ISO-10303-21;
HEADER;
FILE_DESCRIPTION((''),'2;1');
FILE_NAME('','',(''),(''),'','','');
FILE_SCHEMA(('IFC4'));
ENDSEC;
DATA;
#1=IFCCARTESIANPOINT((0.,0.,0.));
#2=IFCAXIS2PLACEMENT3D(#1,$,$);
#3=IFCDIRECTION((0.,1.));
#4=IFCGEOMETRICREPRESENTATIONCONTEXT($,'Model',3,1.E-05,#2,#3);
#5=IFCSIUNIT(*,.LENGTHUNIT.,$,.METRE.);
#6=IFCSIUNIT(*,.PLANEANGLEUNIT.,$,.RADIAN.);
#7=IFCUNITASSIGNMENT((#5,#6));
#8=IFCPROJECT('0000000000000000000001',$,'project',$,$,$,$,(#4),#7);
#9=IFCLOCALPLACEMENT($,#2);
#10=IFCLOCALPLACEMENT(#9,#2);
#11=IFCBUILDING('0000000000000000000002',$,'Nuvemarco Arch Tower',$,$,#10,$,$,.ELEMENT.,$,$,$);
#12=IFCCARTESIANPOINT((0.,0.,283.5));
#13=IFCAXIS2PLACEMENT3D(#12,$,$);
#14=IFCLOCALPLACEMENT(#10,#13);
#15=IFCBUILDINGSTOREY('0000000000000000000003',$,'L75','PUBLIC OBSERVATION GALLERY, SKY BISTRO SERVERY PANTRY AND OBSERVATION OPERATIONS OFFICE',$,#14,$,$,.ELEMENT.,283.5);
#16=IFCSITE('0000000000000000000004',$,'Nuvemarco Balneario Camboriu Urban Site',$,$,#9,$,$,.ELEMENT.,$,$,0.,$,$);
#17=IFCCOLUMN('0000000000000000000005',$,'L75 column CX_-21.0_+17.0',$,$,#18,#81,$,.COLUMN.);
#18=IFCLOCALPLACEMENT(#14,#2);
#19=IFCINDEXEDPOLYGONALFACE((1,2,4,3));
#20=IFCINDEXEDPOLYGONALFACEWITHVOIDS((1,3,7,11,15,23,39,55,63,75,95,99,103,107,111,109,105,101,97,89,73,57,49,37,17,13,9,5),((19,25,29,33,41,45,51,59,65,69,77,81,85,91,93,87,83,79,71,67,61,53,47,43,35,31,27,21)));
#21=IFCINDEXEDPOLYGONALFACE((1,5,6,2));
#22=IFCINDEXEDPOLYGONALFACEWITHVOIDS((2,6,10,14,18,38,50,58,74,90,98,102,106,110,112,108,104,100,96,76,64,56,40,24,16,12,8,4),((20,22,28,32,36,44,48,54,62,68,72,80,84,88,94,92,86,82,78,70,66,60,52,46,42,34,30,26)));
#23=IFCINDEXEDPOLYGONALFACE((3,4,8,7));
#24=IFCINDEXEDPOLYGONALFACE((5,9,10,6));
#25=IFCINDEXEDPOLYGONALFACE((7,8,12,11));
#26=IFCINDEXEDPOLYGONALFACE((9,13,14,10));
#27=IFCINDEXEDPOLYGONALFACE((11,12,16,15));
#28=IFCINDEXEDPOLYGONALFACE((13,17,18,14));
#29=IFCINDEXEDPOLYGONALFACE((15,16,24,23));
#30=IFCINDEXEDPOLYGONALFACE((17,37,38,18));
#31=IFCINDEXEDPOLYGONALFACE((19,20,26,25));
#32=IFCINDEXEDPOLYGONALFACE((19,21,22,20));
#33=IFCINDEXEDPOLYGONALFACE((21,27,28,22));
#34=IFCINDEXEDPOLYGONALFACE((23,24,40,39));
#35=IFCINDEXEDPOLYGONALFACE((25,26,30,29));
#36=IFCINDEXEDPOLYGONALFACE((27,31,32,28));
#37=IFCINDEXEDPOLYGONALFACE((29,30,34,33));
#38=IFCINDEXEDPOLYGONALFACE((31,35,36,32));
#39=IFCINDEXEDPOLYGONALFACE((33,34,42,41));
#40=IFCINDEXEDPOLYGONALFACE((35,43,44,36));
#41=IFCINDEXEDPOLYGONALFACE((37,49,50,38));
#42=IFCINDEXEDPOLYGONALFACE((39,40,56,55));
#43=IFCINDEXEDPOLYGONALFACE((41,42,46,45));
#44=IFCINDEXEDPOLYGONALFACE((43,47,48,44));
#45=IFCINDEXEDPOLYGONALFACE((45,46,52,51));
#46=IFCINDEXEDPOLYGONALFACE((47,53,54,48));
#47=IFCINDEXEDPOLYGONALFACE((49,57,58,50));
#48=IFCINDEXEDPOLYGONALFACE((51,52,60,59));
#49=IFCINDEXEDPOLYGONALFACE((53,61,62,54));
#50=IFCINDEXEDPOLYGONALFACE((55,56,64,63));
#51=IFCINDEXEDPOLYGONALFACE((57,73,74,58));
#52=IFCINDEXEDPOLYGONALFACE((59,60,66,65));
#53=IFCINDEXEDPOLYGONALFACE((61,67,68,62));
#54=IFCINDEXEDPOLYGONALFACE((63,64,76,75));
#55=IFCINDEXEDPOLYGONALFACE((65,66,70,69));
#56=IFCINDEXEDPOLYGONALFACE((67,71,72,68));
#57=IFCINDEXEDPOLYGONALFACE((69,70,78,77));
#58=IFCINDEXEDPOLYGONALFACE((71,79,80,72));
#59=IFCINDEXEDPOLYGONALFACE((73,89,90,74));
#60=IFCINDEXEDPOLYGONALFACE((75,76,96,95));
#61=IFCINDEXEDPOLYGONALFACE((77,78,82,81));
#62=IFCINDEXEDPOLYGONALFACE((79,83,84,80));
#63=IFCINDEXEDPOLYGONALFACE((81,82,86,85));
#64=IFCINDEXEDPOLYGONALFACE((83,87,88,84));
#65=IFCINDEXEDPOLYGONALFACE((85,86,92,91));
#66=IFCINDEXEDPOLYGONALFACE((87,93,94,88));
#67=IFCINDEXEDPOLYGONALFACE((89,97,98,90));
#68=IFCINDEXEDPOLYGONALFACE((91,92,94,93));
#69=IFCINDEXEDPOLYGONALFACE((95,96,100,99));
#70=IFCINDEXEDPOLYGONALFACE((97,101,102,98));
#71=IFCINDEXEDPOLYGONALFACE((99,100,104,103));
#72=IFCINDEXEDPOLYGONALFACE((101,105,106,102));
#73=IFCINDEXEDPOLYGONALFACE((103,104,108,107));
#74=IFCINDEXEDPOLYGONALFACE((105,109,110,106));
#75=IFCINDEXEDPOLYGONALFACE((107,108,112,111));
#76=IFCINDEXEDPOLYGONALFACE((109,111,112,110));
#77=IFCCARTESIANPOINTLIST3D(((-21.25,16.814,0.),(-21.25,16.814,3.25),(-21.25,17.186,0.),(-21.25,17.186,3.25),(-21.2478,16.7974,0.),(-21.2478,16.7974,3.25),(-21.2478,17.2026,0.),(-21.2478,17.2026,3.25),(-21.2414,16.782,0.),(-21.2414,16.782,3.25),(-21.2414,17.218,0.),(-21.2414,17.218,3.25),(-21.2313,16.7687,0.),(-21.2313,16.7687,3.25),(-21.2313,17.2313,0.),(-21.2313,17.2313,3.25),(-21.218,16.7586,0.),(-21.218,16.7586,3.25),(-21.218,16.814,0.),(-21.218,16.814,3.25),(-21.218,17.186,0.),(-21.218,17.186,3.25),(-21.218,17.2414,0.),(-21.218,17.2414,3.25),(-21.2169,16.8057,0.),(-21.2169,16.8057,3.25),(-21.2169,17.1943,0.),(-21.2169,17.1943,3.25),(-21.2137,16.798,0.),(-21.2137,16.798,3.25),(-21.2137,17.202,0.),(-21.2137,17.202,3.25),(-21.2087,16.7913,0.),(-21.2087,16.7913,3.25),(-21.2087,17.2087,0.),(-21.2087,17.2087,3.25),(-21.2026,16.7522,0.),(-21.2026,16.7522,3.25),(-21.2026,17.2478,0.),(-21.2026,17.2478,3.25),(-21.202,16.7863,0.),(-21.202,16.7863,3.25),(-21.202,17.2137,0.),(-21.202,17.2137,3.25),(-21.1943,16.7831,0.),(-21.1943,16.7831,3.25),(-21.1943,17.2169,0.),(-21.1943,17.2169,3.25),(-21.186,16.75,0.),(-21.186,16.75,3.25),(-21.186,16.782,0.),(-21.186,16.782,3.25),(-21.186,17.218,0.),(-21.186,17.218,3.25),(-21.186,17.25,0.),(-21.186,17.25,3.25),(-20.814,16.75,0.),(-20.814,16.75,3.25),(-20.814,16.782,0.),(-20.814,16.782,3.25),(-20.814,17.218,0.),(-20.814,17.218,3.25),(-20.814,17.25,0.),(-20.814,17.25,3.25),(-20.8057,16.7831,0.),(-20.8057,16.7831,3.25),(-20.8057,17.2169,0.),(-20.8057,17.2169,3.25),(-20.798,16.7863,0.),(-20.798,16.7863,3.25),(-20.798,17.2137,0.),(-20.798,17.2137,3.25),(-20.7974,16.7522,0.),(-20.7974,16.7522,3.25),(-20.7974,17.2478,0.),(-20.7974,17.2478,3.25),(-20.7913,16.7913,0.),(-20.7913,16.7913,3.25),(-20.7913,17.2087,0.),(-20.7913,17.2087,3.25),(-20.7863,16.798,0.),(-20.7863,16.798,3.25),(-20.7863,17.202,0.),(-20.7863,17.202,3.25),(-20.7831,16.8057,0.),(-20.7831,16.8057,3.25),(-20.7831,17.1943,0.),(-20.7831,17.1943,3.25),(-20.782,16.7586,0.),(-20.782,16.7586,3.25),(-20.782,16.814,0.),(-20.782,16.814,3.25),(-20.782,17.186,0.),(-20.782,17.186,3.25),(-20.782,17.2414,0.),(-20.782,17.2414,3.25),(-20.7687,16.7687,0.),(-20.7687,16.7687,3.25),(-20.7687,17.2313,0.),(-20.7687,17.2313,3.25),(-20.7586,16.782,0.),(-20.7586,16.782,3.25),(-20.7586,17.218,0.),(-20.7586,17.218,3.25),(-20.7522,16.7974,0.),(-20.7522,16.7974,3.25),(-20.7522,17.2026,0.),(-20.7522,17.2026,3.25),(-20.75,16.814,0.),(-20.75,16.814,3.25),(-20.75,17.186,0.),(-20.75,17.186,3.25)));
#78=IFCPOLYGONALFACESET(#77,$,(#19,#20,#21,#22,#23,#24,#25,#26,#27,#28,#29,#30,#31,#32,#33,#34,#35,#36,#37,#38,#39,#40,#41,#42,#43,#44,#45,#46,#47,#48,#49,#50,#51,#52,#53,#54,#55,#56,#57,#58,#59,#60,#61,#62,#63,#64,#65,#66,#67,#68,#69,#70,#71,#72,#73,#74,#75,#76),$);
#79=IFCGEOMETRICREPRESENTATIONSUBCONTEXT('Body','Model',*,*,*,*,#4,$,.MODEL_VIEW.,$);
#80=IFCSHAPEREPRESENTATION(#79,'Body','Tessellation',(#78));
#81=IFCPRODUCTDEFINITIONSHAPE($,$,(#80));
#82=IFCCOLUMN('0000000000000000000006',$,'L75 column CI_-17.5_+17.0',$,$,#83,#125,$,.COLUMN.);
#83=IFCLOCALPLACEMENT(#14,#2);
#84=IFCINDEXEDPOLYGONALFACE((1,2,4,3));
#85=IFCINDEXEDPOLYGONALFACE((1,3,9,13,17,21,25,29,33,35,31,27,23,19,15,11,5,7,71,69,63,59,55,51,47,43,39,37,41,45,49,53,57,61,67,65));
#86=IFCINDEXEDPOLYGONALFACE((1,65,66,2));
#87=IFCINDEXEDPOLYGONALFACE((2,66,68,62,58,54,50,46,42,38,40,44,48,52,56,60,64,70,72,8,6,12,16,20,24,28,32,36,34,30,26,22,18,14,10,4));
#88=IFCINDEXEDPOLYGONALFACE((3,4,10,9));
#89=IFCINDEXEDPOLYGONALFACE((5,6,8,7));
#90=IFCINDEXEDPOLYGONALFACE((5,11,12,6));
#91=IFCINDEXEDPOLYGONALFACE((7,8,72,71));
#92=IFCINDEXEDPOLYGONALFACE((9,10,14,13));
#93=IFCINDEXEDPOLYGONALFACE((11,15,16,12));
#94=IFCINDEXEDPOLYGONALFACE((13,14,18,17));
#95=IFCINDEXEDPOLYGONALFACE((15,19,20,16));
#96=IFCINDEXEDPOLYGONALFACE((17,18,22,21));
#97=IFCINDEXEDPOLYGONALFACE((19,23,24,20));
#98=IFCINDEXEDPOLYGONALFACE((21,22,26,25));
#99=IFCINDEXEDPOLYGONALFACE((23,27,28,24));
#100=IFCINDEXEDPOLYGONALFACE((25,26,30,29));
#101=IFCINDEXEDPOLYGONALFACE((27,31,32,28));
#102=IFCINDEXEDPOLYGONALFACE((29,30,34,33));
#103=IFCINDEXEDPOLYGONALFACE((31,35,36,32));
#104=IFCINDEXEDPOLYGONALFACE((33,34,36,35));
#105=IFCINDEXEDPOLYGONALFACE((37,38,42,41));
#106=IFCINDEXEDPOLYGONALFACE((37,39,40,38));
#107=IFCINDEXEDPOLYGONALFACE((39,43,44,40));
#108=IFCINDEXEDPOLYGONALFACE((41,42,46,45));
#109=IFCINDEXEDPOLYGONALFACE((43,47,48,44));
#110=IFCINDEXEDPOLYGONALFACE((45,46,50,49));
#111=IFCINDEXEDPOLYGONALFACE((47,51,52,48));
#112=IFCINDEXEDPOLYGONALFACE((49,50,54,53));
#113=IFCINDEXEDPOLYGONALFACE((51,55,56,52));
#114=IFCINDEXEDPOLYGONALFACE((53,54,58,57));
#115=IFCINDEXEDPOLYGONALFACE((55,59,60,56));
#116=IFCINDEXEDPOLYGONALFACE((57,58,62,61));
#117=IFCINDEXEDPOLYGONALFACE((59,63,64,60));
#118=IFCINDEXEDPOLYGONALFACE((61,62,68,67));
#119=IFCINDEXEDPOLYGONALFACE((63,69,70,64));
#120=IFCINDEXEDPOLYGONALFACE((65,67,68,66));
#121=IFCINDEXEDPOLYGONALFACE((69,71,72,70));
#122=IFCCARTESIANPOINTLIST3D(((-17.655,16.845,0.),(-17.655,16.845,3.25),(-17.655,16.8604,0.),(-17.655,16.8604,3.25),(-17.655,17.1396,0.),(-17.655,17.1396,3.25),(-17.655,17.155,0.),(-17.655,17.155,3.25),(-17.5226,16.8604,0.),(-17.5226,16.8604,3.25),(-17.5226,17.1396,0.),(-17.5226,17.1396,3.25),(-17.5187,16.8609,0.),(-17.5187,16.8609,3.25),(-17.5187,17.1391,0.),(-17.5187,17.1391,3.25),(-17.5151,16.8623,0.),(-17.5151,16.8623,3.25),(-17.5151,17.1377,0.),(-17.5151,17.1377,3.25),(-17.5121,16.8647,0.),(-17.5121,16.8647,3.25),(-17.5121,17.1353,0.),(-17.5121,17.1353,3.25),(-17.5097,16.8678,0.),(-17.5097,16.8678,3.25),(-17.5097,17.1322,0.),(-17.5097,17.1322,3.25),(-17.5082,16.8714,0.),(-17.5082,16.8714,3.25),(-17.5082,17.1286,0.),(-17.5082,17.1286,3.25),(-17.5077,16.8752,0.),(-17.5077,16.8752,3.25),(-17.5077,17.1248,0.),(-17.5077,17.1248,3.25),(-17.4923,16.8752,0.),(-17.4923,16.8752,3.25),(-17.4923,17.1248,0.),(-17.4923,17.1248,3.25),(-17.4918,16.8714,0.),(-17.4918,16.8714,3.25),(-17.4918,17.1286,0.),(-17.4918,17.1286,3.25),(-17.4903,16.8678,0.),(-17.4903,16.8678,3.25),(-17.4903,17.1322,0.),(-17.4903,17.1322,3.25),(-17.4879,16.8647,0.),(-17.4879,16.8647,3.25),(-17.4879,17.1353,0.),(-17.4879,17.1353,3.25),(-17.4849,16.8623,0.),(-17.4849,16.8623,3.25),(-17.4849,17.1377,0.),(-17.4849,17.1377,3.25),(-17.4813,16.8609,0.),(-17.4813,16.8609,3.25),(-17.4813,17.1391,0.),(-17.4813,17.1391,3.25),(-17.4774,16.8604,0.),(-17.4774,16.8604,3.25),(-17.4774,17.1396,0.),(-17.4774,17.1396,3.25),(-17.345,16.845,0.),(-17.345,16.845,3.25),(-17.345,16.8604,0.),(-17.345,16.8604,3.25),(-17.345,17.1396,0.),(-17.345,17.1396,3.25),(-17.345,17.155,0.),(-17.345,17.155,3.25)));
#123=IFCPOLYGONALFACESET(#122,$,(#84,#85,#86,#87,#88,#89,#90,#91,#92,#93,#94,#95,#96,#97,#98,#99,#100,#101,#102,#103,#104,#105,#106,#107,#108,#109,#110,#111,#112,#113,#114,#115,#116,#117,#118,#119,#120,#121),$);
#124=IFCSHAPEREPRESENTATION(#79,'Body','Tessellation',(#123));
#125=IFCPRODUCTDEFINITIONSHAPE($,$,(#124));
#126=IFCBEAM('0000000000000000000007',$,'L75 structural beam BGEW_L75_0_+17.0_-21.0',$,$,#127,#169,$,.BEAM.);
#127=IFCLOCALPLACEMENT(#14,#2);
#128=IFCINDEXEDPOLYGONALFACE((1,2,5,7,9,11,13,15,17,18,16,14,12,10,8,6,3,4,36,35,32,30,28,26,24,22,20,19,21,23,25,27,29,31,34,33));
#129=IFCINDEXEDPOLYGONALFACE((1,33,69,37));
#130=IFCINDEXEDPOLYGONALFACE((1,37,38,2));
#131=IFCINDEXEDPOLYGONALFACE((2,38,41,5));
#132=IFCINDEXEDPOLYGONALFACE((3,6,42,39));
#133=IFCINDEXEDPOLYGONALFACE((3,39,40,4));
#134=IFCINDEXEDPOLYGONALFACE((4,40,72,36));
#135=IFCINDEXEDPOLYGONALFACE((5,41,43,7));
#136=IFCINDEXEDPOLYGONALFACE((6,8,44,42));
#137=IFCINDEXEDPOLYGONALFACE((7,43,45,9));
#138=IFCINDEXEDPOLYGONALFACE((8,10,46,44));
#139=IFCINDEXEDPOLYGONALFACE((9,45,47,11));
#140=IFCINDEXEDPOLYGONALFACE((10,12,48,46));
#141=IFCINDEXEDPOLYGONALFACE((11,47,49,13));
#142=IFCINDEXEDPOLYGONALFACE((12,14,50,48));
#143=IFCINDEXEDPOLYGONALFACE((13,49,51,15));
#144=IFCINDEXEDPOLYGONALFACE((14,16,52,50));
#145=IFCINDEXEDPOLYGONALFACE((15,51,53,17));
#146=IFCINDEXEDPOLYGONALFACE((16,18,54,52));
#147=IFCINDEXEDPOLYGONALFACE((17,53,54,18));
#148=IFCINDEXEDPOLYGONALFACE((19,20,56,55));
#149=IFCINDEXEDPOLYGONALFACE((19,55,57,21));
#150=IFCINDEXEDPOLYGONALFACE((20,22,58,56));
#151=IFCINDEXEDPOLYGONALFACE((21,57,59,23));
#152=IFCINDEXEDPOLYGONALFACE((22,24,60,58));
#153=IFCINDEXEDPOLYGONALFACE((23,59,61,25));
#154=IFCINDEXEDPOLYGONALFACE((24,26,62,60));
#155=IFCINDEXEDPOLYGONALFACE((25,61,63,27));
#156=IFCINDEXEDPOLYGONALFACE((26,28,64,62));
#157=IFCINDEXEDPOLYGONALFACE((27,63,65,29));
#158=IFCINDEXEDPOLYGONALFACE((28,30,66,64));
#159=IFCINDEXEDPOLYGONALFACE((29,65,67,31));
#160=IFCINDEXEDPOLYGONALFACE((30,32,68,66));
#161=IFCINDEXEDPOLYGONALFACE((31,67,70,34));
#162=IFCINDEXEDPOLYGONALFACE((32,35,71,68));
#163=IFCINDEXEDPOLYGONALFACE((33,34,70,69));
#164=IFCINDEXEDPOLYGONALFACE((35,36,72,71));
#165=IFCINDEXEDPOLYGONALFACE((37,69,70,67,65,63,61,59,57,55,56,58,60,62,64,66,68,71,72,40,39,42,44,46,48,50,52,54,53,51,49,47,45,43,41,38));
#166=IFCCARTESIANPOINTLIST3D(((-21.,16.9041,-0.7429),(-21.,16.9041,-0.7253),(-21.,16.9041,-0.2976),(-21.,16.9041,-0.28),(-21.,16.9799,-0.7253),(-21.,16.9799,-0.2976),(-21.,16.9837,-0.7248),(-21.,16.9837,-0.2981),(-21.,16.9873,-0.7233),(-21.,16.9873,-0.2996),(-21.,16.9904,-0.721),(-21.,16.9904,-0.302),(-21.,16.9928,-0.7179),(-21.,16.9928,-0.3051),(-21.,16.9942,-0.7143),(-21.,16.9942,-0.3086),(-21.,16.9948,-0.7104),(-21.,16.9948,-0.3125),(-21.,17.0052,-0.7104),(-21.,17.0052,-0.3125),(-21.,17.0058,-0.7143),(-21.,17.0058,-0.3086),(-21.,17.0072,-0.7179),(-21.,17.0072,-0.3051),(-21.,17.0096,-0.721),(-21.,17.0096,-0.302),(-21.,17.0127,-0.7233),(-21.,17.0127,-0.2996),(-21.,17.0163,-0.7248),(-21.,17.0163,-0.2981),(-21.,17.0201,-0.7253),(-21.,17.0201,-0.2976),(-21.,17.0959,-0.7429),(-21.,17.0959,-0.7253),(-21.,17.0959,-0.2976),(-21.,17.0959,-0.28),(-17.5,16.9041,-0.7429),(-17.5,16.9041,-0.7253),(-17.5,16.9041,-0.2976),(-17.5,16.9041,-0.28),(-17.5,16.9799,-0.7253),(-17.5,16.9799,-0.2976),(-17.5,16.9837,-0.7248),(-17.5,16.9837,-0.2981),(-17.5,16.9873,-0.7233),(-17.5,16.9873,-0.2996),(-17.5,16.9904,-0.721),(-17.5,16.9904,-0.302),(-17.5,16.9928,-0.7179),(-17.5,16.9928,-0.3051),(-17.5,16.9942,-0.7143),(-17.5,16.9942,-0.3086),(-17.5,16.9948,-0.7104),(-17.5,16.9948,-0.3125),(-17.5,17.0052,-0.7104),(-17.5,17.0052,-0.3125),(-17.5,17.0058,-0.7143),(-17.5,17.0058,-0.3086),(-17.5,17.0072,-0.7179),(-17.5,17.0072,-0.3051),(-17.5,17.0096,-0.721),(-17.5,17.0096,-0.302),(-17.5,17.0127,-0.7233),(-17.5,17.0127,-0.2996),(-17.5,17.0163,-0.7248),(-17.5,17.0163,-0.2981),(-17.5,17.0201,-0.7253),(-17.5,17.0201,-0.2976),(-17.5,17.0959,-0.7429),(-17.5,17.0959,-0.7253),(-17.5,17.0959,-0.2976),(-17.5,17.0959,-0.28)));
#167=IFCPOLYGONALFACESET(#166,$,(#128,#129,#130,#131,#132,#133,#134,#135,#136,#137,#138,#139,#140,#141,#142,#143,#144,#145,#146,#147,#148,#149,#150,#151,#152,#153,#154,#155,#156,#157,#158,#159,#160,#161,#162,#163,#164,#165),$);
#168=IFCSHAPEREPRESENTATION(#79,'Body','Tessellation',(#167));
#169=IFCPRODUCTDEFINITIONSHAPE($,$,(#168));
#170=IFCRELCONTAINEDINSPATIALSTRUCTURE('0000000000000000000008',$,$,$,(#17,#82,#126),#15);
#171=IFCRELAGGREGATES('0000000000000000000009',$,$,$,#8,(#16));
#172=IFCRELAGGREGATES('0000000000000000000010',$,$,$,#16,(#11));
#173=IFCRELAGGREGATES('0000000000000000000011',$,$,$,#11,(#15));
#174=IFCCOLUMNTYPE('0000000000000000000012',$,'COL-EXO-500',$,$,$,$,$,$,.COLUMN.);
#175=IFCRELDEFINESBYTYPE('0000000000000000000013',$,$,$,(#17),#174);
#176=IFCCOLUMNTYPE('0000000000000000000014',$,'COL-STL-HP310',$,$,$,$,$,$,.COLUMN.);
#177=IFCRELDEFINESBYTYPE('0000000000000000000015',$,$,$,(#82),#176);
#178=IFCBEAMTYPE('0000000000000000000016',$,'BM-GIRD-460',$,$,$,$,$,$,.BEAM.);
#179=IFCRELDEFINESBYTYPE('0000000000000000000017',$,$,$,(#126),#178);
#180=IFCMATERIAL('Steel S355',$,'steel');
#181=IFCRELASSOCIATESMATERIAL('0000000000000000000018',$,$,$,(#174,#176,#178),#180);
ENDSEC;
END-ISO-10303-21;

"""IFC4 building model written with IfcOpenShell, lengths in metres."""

from ifc_helpers import new_model, si_unit, direction, frame, origin, origin_2d, place, context, subcontext, project, spatial, hollow_rectangle, i_section, extrude, material, material_profile, profile_set, type_object, element, save


model = new_model("IFC4")

# Units and contexts
model_context = context("Model", 3, precision=1e-05, world=origin(), true_north=direction((0.0, 1.0)))
body_context = subcontext(model_context, "Body", "Model", "MODEL_VIEW")
ifc_project = project(units=[si_unit("LENGTHUNIT", "METRE"), si_unit("PLANEANGLEUNIT", "RADIAN")], contexts=[model_context])

# Site, building, storey
site_placement = place(None, origin())
site = spatial("IfcSite", under=ifc_project, at=site_placement, Name="Nuvemarco Balneario Camboriu Urban Site", CompositionType="ELEMENT", RefElevation=0.0)
building_placement = place(site_placement, origin())
building = spatial("IfcBuilding", under=site, at=building_placement, Name="Nuvemarco Arch Tower", CompositionType="ELEMENT")
storey_placement = place(building_placement, frame((0.0, 0.0, 283.5)))
storey = spatial("IfcBuildingStorey", under=building, at=storey_placement, Name="L75", Description="PUBLIC OBSERVATION GALLERY, SKY BISTRO SERVERY PANTRY AND OBSERVATION OPERATIONS OFFICE", CompositionType="ELEMENT", Elevation=283.5)

# Columns
ifc_material_1 = material(Name="Steel S355", Category="steel")
ifc_material_profile_1 = material_profile(ifc_material_1, hollow_rectangle(XDim=0.5, YDim=0.5, WallThickness=0.032, InnerFilletRadius=0.032, OuterFilletRadius=0.064, at=origin_2d()), Name="SHS500x500x32")
ifc_profile_set_1 = profile_set([ifc_material_profile_1], Name="Steel S355")
column_type_1 = type_object("IfcColumnType", Name="COL-EXO-500", PredefinedType="COLUMN", material=ifc_profile_set_1)
column_1_placement = place(storey_placement, frame((-21.0, 17.0, 0.0), z_axis=(0.0, 0.0, 1.0), x_axis=(1.0, 0.0, 0.0)))
element("IfcColumn", 1, at=column_1_placement, inside=storey, type_object=column_type_1, Name="L75 column CX_-21.0_+17.0", PredefinedType="COLUMN", context=body_context, shape_type="SweptSolid", body=[
    extrude(hollow_rectangle(XDim=0.5, YDim=0.5, WallThickness=0.032, InnerFilletRadius=0.032, OuterFilletRadius=0.064, at=origin_2d()), origin(), (0.0, 0.0, 1.0), 3.25),
])
ifc_material_profile_2 = material_profile(ifc_material_1, i_section(OverallWidth=0.3101, OverallDepth=0.3101, WebThickness=0.0154, FlangeThickness=0.0154, FilletRadius=0.0149, at=origin_2d()), Name="HP310x110")
ifc_profile_set_2 = profile_set([ifc_material_profile_2], Name="Steel S355")
column_type_2 = type_object("IfcColumnType", Name="COL-STL-HP310", PredefinedType="COLUMN", material=ifc_profile_set_2)
column_2_placement = place(storey_placement, frame((-17.5, 17.0, 0.0), z_axis=(0.0, 0.0, 1.0), x_axis=(1.0, 0.0, 0.0)))
element("IfcColumn", 2, at=column_2_placement, inside=storey, type_object=column_type_2, Name="L75 column CI_-17.5_+17.0", PredefinedType="COLUMN", context=body_context, shape_type="SweptSolid", body=[
    extrude(i_section(OverallWidth=0.3101, OverallDepth=0.3101, WebThickness=0.0154, FlangeThickness=0.0154, FilletRadius=0.0149, at=origin_2d()), origin(), (0.0, 0.0, 1.0), 3.25),
])

# Beam
ifc_material_profile_3 = material_profile(ifc_material_1, i_section(OverallWidth=0.1919, OverallDepth=0.4629, WebThickness=0.0105, FlangeThickness=0.0176, FilletRadius=0.0149, at=origin_2d()), Name="W460x89")
ifc_profile_set_3 = profile_set([ifc_material_profile_3], Name="Steel S355")
beam_type_1 = type_object("IfcBeamType", Name="BM-GIRD-460", PredefinedType="BEAM", material=ifc_profile_set_3)
beam_1_placement = place(storey_placement, frame((-21.0, 17.0, -0.5115), z_axis=(1.0, 0.0, 0.0), x_axis=(0.0, 1.0, 0.0)))
element("IfcBeam", 3, at=beam_1_placement, inside=storey, type_object=beam_type_1, Name="L75 structural beam BGEW_L75_0_+17.0_-21.0", PredefinedType="BEAM", context=body_context, shape_type="SweptSolid", body=[
    extrude(i_section(OverallWidth=0.1919, OverallDepth=0.4629, WebThickness=0.0105, FlangeThickness=0.0176, FilletRadius=0.0149, at=origin_2d()), origin(), (0.0, 0.0, 1.0), 3.5),
])

save(model, "model.ifc")
